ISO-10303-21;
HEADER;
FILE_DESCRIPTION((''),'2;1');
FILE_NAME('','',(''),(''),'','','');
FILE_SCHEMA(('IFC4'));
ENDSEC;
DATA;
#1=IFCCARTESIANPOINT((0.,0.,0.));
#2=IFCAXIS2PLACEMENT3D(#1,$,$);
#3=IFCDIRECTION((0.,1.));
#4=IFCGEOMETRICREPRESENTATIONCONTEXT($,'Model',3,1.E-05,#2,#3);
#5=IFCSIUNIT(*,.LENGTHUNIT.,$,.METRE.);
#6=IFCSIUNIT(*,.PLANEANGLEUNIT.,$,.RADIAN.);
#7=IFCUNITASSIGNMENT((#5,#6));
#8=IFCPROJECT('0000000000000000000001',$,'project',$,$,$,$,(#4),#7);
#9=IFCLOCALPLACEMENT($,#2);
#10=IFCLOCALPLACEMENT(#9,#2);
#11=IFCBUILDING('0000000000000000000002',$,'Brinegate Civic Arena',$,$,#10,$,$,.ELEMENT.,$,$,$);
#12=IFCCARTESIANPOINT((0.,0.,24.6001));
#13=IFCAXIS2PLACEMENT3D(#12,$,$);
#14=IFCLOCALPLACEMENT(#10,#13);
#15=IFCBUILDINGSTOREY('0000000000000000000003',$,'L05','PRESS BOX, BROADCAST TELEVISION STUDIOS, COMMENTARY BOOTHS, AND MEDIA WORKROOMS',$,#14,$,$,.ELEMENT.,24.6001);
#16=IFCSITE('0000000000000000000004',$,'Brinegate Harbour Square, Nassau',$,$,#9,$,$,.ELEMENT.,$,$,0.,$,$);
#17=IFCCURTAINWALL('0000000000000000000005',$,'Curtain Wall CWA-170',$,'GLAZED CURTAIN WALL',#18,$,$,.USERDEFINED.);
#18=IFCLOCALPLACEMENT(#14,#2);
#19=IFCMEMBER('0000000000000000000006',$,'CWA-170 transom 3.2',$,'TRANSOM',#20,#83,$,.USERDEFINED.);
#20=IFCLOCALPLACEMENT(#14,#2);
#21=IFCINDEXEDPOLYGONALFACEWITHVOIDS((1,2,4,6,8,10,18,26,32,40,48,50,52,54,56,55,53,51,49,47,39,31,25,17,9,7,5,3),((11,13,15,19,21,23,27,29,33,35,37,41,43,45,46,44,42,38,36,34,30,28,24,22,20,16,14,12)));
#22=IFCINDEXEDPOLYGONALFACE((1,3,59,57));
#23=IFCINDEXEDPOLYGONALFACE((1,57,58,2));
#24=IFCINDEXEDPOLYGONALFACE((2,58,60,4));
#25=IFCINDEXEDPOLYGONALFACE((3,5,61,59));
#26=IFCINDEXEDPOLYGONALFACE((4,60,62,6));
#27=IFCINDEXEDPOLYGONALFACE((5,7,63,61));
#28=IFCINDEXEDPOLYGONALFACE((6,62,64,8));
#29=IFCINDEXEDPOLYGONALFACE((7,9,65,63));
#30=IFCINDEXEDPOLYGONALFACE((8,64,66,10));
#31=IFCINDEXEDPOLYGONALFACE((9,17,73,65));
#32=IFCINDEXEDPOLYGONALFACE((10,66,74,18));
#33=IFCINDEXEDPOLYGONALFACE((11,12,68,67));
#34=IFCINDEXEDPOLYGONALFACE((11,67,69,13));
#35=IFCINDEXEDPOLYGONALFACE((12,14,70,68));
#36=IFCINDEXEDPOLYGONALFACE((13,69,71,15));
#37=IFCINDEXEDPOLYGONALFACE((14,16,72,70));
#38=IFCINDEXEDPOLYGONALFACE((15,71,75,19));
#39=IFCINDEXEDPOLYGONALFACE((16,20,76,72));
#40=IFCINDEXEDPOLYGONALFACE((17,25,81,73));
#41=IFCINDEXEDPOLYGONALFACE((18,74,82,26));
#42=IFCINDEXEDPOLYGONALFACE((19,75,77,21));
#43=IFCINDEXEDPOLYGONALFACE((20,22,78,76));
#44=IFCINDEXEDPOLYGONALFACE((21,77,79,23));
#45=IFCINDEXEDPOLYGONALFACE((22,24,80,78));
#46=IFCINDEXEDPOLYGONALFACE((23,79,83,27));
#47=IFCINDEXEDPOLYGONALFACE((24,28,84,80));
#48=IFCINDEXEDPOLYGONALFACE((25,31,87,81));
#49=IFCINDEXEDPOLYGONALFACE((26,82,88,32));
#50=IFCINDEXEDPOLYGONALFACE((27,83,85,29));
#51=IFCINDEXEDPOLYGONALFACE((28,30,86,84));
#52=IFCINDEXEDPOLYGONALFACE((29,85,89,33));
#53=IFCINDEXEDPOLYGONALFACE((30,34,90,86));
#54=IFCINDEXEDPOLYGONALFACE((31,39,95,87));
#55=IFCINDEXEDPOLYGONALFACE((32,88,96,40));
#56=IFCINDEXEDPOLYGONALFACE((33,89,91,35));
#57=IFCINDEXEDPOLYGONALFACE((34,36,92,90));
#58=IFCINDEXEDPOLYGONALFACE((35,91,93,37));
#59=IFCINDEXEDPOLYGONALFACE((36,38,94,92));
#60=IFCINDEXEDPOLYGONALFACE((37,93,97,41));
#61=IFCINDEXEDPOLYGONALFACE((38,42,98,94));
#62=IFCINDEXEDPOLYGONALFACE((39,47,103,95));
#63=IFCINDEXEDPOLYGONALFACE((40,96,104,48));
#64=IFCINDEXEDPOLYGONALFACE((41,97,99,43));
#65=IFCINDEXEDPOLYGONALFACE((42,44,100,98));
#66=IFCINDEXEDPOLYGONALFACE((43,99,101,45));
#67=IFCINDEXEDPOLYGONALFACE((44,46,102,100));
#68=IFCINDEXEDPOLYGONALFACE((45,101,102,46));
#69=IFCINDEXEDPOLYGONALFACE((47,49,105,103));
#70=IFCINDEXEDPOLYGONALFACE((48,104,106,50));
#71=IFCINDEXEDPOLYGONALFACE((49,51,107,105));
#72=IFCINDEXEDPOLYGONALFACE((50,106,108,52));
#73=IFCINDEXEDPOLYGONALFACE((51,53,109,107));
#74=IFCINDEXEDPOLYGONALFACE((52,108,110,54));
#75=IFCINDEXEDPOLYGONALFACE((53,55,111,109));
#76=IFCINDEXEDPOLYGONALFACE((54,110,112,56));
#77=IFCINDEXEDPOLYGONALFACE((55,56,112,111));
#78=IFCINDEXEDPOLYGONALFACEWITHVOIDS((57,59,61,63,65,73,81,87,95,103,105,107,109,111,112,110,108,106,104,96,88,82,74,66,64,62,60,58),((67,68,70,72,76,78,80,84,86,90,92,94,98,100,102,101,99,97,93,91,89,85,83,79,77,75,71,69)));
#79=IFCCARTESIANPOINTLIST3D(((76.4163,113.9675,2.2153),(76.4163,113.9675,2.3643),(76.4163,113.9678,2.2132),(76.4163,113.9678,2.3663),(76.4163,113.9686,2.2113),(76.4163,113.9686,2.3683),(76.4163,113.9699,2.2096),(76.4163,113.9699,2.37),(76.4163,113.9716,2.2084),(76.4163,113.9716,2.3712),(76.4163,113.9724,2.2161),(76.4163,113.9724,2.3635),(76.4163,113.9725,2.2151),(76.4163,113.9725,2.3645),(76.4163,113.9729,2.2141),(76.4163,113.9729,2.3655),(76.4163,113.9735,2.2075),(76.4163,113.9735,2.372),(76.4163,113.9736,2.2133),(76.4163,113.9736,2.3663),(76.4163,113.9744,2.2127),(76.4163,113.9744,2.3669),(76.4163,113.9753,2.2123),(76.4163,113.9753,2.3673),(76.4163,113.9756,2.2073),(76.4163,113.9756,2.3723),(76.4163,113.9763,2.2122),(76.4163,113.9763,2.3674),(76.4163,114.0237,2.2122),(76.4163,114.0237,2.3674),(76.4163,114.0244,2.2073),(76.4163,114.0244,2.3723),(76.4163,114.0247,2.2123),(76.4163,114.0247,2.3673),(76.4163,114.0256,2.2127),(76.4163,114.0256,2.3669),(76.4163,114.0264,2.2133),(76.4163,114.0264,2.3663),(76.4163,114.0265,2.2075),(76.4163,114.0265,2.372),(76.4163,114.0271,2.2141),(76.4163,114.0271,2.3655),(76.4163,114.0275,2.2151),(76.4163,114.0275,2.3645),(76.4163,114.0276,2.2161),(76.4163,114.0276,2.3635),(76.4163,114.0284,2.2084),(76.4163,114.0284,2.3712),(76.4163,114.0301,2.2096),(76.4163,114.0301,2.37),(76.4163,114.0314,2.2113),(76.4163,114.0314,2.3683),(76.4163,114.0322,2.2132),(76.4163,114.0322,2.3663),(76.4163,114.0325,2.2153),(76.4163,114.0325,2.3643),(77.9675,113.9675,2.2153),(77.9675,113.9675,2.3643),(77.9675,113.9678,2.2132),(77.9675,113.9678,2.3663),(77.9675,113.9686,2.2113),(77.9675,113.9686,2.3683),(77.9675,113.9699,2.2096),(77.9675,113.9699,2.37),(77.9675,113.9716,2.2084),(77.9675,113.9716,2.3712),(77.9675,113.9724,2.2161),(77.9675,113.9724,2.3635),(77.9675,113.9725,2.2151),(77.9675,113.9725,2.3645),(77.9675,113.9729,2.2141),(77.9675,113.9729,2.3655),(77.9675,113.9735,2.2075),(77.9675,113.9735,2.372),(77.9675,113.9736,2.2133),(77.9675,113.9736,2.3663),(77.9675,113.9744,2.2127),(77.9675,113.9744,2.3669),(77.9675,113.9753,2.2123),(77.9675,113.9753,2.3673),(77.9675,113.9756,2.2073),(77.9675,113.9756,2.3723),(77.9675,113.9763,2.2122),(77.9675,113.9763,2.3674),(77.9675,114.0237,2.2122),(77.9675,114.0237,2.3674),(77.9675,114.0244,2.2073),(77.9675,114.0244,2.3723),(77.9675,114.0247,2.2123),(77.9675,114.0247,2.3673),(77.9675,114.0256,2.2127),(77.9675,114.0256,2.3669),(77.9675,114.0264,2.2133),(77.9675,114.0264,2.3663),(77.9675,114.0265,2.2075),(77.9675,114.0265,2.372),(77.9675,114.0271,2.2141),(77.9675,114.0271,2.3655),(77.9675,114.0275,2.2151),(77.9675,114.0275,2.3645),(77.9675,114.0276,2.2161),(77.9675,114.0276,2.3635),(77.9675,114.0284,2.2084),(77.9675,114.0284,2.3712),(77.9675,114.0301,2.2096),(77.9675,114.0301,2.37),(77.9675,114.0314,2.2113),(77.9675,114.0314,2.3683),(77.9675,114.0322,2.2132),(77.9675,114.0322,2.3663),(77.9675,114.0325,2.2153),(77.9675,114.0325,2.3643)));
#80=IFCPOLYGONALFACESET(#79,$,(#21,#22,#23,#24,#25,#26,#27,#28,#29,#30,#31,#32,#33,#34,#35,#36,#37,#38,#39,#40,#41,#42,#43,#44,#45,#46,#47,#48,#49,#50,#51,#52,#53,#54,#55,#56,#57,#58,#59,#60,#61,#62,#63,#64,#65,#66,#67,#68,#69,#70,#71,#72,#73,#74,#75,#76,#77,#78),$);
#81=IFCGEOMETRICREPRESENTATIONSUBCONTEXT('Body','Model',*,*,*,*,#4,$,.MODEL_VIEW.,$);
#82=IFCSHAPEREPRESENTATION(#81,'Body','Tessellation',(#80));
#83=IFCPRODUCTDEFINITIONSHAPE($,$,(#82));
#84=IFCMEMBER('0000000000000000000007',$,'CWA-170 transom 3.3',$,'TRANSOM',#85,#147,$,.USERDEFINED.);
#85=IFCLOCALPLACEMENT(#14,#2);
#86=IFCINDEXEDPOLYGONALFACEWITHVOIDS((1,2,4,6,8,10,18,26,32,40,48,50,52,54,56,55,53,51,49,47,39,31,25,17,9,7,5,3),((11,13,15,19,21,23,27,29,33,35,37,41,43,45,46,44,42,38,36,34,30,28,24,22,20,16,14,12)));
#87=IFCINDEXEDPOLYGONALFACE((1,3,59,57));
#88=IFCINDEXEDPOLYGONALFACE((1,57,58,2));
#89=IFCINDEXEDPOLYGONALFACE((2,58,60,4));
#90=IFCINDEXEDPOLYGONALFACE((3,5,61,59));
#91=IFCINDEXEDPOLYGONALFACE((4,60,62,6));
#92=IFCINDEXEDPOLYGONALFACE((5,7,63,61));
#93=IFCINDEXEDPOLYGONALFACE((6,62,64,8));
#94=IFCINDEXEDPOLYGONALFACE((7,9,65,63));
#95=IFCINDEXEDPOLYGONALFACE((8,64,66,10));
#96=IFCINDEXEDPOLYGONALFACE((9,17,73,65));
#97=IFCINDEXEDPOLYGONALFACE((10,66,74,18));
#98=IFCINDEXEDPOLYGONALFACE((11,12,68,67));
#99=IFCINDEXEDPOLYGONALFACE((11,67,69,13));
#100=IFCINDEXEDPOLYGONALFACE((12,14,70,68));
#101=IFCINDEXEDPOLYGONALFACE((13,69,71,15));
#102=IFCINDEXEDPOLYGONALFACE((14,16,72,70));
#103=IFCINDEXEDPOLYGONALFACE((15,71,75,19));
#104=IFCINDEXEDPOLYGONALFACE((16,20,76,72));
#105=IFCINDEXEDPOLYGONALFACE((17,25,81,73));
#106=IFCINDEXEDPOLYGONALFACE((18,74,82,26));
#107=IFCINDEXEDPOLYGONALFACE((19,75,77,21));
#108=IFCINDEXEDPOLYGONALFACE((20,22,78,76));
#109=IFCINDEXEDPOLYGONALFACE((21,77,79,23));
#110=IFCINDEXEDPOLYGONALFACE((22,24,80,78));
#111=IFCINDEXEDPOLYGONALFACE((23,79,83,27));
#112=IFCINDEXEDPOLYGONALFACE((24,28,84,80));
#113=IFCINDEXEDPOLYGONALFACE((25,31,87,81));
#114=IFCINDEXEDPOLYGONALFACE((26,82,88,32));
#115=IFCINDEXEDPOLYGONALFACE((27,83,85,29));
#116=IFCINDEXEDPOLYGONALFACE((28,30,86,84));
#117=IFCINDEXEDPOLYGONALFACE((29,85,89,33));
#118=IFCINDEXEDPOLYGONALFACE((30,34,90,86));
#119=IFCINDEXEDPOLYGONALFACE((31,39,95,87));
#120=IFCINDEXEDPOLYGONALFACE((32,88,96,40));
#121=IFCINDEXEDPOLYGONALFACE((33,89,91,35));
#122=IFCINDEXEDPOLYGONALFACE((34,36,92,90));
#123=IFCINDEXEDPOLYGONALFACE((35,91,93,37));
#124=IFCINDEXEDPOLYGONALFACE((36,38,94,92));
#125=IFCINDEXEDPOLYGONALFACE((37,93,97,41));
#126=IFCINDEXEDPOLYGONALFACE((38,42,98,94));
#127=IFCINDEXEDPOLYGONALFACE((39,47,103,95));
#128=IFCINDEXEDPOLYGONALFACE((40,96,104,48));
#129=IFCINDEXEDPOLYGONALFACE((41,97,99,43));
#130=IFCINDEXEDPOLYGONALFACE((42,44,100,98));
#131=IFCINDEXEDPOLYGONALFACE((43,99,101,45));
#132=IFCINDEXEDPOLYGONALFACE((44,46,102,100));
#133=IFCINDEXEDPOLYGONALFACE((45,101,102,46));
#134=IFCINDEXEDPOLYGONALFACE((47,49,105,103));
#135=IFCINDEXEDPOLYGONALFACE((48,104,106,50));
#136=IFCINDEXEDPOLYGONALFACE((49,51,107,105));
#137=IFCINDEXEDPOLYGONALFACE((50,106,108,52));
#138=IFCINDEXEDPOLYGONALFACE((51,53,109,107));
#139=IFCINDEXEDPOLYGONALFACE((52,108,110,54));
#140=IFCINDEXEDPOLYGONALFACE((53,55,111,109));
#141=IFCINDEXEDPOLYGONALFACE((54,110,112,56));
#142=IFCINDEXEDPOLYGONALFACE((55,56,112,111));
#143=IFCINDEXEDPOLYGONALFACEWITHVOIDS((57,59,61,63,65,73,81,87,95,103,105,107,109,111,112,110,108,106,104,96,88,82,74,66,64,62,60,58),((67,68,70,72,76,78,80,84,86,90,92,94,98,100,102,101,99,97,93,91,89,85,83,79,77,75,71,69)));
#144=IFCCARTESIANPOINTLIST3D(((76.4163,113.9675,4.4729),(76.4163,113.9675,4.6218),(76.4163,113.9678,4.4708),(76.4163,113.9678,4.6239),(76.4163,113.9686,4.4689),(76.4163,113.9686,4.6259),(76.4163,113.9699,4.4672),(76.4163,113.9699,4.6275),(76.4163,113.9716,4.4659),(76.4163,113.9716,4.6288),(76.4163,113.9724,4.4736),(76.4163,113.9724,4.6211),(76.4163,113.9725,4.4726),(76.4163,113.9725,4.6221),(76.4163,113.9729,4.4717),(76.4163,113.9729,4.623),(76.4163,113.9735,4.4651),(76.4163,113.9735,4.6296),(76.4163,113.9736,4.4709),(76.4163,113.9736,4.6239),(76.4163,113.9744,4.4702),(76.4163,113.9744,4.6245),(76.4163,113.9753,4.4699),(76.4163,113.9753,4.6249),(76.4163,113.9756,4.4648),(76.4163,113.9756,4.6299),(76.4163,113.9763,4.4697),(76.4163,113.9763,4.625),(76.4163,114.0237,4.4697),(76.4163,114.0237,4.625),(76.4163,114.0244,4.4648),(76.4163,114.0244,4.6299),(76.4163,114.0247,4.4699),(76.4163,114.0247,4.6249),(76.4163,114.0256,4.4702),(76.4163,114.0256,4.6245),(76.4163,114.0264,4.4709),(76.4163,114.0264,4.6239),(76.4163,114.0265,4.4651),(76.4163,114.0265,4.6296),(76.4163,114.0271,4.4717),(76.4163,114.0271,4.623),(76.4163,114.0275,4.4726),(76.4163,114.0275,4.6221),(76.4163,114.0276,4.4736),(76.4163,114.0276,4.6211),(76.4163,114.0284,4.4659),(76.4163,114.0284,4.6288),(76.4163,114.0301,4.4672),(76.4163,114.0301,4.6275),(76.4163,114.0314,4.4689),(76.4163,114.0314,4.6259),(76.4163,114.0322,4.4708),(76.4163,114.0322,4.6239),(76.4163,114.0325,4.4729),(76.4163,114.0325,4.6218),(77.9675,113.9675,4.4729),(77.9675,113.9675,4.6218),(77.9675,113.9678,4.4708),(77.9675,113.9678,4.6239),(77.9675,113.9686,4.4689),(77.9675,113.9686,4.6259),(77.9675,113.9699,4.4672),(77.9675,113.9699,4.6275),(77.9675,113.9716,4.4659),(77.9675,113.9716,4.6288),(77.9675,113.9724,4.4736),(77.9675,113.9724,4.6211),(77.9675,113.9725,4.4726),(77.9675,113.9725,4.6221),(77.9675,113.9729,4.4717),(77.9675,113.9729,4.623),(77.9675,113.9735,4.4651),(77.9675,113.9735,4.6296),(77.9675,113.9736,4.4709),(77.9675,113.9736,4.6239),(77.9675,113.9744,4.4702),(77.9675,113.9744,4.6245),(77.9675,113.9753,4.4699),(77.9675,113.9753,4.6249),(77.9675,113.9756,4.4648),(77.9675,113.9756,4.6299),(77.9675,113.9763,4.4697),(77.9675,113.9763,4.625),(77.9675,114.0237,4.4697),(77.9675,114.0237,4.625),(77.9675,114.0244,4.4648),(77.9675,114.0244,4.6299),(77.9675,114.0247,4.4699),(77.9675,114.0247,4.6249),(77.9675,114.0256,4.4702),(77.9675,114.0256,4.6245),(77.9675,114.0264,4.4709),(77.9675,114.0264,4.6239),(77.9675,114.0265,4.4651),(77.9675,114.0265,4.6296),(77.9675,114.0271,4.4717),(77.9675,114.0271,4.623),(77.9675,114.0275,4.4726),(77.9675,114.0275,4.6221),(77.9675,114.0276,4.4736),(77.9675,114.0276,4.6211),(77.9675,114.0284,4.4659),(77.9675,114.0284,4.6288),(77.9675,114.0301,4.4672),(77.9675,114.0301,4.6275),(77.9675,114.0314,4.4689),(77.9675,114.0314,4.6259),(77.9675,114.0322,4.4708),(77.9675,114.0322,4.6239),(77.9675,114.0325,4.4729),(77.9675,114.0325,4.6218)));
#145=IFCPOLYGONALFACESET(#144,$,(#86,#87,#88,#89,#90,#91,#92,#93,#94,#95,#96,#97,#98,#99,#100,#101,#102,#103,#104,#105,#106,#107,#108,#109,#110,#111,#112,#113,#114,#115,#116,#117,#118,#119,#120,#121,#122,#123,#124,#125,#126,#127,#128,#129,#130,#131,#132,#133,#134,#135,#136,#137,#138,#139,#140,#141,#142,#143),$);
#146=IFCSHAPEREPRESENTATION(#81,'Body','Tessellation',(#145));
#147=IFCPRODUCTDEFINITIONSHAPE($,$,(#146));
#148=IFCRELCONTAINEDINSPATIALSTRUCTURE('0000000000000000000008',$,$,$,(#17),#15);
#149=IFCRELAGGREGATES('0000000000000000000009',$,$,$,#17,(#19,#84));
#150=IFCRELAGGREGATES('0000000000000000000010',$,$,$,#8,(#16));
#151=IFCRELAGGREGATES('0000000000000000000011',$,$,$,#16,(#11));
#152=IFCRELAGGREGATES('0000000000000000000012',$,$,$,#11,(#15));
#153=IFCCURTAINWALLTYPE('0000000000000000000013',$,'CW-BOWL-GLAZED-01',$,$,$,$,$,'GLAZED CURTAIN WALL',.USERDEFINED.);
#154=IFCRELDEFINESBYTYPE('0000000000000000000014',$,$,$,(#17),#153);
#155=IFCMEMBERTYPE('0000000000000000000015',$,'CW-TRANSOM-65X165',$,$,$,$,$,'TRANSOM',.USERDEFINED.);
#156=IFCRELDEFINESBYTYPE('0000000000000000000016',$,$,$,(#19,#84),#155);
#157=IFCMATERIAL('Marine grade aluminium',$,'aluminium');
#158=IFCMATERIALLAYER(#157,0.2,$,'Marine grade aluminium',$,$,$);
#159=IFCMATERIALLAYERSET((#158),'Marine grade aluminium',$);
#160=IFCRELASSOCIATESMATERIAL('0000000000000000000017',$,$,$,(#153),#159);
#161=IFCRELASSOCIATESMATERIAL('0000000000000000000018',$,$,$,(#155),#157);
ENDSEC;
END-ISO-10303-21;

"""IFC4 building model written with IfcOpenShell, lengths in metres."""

from ifc_helpers import new_model, si_unit, direction, frame, origin, origin_2d, place, context, subcontext, project, spatial, hollow_rectangle, extrude, material, layer, layer_set, material_profile, profile_set, type_object, element, aggregate, save


model = new_model("IFC4")

# Units and contexts
model_context = context("Model", 3, precision=1e-05, world=origin(), true_north=direction((0.0, 1.0)))
body_context = subcontext(model_context, "Body", "Model", "MODEL_VIEW")
ifc_project = project(units=[si_unit("LENGTHUNIT", "METRE"), si_unit("PLANEANGLEUNIT", "RADIAN")], contexts=[model_context])

# Site, building, storey
site_placement = place(None, origin())
site = spatial("IfcSite", under=ifc_project, at=site_placement, Name="Brinegate Harbour Square, Nassau", CompositionType="ELEMENT", RefElevation=0.0)
building_placement = place(site_placement, origin())
building = spatial("IfcBuilding", under=site, at=building_placement, Name="Brinegate Civic Arena", CompositionType="ELEMENT")
storey_placement = place(building_placement, frame((0.0, 0.0, 24.6001)))
storey = spatial("IfcBuildingStorey", under=building, at=storey_placement, Name="L05", Description="PRESS BOX, BROADCAST TELEVISION STUDIOS, COMMENTARY BOOTHS, AND MEDIA WORKROOMS", CompositionType="ELEMENT", Elevation=24.6001)

# Curtain wall, members
ifc_material_1 = material(Name="Marine grade aluminium", Category="aluminium")
ifc_layer_1 = layer(ifc_material_1, 0.2, Name="Marine grade aluminium")
ifc_layer_set_1 = layer_set([ifc_layer_1], Name="Marine grade aluminium")
curtain_wall_type = type_object("IfcCurtainWallType", Name="CW-BOWL-GLAZED-01", ElementType="GLAZED CURTAIN WALL", PredefinedType="USERDEFINED", material=ifc_layer_set_1)
curtain_wall_placement = place(storey_placement, origin())
curtain_wall = element("IfcCurtainWall", 1, at=curtain_wall_placement, inside=storey, type_object=curtain_wall_type, Name="Curtain Wall CWA-170", ObjectType="GLAZED CURTAIN WALL", PredefinedType="USERDEFINED")
ifc_material_profile_1 = material_profile(ifc_material_1, hollow_rectangle(XDim=0.0649, YDim=0.165, WallThickness=0.0049, InnerFilletRadius=0.0039, OuterFilletRadius=0.0081, at=origin_2d()), Name="TRN65X165")
ifc_profile_set_1 = profile_set([ifc_material_profile_1], Name="Marine grade aluminium")
member_type_1 = type_object("IfcMemberType", Name="CW-TRANSOM-65X165", ElementType="TRANSOM", PredefinedType="USERDEFINED", material=ifc_profile_set_1)
member_1_placement = place(storey_placement, frame((76.4163, 114.0, 2.2898), z_axis=(1.0, 0.0, 0.0), x_axis=(0.0, 1.0, 0.0)))
member_1 = element("IfcMember", 2, at=member_1_placement, type_object=member_type_1, Name="CWA-170 transom 3.2", ObjectType="TRANSOM", PredefinedType="USERDEFINED", context=body_context, shape_type="SweptSolid", body=[
    extrude(hollow_rectangle(XDim=0.0649, YDim=0.165, WallThickness=0.0049, InnerFilletRadius=0.0039, OuterFilletRadius=0.0081, at=origin_2d()), origin(), (0.0, 0.0, 1.0), 1.5513),
])
member_2_placement = place(storey_placement, frame((76.4163, 114.0, 4.5474), z_axis=(1.0, 0.0, 0.0), x_axis=(0.0, 1.0, 0.0)))
member_2 = element("IfcMember", 3, at=member_2_placement, type_object=member_type_1, Name="CWA-170 transom 3.3", ObjectType="TRANSOM", PredefinedType="USERDEFINED", context=body_context, shape_type="SweptSolid", body=[
    extrude(hollow_rectangle(XDim=0.0649, YDim=0.165, WallThickness=0.0049, InnerFilletRadius=0.0039, OuterFilletRadius=0.0081, at=origin_2d()), origin(), (0.0, 0.0, 1.0), 1.5513),
])
aggregate(curtain_wall, [member_1, member_2])

save(model, "model.ifc")
